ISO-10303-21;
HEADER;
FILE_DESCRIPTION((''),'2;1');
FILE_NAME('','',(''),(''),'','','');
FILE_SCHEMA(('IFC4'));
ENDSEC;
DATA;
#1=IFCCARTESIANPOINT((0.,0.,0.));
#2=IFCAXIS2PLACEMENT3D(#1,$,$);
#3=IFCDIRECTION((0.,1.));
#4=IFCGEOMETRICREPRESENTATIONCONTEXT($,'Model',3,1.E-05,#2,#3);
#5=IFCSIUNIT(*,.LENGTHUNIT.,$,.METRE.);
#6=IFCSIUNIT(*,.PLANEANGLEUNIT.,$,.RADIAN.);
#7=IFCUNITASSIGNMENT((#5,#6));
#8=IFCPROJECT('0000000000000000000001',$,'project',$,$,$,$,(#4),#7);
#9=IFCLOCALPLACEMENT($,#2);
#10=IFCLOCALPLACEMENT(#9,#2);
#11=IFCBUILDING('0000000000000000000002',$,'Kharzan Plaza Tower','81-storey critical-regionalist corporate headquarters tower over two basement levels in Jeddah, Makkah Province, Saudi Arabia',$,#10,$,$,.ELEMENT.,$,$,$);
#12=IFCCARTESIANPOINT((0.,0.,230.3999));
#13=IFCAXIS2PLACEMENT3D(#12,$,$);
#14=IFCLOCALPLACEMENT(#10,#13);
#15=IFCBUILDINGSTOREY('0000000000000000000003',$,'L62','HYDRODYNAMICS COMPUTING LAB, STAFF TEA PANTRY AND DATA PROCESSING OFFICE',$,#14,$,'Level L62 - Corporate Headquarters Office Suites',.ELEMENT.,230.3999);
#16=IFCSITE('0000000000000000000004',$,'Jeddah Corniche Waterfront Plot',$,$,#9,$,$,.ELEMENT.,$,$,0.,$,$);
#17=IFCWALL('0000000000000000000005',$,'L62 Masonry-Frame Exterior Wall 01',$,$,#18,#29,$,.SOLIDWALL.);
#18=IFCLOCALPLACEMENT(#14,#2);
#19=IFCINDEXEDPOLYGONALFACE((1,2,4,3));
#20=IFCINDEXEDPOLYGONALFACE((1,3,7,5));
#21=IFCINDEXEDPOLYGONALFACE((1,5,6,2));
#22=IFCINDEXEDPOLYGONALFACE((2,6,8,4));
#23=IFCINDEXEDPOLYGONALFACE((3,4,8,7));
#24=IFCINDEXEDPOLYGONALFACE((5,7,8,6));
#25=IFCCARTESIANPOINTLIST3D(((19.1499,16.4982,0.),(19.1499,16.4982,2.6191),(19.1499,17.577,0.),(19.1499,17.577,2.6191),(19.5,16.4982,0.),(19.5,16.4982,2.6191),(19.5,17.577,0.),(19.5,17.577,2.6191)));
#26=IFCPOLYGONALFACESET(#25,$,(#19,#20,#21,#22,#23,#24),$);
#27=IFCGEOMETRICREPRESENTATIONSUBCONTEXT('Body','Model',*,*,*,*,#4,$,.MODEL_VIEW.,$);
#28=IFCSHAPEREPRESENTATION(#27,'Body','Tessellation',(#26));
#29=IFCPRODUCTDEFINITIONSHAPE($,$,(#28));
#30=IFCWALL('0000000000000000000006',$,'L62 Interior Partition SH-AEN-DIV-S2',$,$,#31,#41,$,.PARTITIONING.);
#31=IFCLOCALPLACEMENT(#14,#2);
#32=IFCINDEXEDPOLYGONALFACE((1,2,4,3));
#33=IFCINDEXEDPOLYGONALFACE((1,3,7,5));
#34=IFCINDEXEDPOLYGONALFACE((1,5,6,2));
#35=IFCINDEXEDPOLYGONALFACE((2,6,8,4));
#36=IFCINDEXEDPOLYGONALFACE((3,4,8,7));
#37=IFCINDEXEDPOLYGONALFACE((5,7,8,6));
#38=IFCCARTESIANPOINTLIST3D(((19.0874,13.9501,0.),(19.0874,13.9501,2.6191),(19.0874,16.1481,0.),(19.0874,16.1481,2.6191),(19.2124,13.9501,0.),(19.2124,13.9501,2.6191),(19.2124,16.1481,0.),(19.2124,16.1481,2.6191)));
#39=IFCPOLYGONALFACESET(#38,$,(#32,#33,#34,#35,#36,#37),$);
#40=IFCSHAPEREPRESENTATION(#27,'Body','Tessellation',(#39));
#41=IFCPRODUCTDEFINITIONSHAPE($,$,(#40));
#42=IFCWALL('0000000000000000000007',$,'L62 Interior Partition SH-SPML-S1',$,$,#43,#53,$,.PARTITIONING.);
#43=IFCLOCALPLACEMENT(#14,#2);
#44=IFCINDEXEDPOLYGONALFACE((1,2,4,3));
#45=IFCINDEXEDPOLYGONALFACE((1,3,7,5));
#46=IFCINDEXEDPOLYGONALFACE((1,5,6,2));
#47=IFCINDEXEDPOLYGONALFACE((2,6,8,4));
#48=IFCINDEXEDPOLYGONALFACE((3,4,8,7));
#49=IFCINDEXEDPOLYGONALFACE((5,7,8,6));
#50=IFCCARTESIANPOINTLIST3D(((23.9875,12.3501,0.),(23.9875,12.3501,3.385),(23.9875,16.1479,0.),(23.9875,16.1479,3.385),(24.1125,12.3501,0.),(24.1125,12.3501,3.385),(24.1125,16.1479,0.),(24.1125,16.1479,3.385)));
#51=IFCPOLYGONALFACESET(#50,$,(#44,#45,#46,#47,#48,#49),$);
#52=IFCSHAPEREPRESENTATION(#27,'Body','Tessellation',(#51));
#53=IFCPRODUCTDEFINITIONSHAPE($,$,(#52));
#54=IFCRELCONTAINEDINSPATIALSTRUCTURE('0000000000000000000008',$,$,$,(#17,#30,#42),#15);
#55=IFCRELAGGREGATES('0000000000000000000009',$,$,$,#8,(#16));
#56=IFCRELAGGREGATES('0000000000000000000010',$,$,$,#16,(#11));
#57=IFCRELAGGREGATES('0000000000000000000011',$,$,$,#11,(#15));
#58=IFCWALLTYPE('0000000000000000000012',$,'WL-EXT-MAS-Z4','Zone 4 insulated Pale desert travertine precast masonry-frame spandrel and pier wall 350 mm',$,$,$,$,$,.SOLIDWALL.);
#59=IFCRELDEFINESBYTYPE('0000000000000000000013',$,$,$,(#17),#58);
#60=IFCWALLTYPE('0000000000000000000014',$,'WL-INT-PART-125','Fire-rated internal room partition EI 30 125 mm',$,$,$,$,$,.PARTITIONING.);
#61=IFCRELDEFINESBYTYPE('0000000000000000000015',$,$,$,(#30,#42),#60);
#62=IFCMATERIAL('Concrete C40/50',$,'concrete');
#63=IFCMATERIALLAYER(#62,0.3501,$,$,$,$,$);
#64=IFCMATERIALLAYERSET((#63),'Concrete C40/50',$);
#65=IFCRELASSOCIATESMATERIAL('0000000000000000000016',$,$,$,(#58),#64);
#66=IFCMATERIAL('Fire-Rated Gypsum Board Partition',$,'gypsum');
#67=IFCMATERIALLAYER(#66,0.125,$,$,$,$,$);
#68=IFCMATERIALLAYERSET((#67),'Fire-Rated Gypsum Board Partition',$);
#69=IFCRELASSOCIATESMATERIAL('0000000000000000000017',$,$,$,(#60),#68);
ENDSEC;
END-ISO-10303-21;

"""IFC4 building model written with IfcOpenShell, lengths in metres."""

from ifc_helpers import new_model, si_unit, direction, frame, frame_2d, origin, place, context, subcontext, project, spatial, rectangle, extrude, source, transform, mapped, material, layer, layer_set, type_object, element, save


model = new_model("IFC4")

# Units and contexts
model_context = context("Model", 3, precision=1e-05, world=origin(), true_north=direction((0.0, 1.0)))
body_context = subcontext(model_context, "Body", "Model", "MODEL_VIEW")
ifc_project = project(units=[si_unit("LENGTHUNIT", "METRE"), si_unit("PLANEANGLEUNIT", "RADIAN")], contexts=[model_context])

# Site, building, storey
site_placement = place(None, origin())
site = spatial("IfcSite", under=ifc_project, at=site_placement, Name="Jeddah Corniche Waterfront Plot", CompositionType="ELEMENT", RefElevation=0.0)
building_placement = place(site_placement, origin())
building = spatial("IfcBuilding", under=site, at=building_placement, Name="Kharzan Plaza Tower", Description="81-storey critical-regionalist corporate headquarters tower over two basement levels in Jeddah, Makkah Province, Saudi Arabia", CompositionType="ELEMENT")
storey_placement = place(building_placement, frame((0.0, 0.0, 230.3999)))
storey = spatial("IfcBuildingStorey", under=building, at=storey_placement, Name="L62", Description="HYDRODYNAMICS COMPUTING LAB, STAFF TEA PANTRY AND DATA PROCESSING OFFICE", LongName="Level L62 - Corporate Headquarters Office Suites", CompositionType="ELEMENT", Elevation=230.3999)

# Shared definitions
ifc_material_1 = material(Name="Concrete C40/50", Category="concrete")
ifc_layer_1 = layer(ifc_material_1, 0.3501)
ifc_layer_set_1 = layer_set([ifc_layer_1], Name="Concrete C40/50")
wall_type_1 = type_object("IfcWallType", Name="WL-EXT-MAS-Z4", Description="Zone 4 insulated Pale desert travertine precast masonry-frame spandrel and pier wall 350 mm", PredefinedType="SOLIDWALL", material=ifc_layer_set_1)

# Shared definitions
ifc_material_2 = material(Name="Fire-Rated Gypsum Board Partition", Category="gypsum")
ifc_layer_2 = layer(ifc_material_2, 0.125)
ifc_layer_set_2 = layer_set([ifc_layer_2], Name="Fire-Rated Gypsum Board Partition")
wall_type_2 = type_object("IfcWallType", Name="WL-INT-PART-125", Description="Fire-rated internal room partition EI 30 125 mm", PredefinedType="PARTITIONING", material=ifc_layer_set_2)

# Walls
shared_shape_1 = source(origin(), body_context, "Body", "SweptSolid", [
    extrude(rectangle(XDim=1.0789, YDim=0.3501, at=frame_2d((0.5396, 0.0))), origin(), (0.0, 0.0, 1.0), 2.6191),
])
wall_1_placement = place(storey_placement, frame((19.325, 16.498, 0.0), z_axis=(0.0, 0.0, 1.0), x_axis=(0.0, 1.0, 0.0)))
element("IfcWall", 1, at=wall_1_placement, inside=storey, type_object=wall_type_1, Name="L62 Masonry-Frame Exterior Wall 01", PredefinedType="SOLIDWALL", context=body_context, shape_type="MappedRepresentation", body=[
    mapped(shared_shape_1, transform((0.0, 0.0, 0.0), x_axis=(1.0, 0.0, 0.0), y_axis=(0.0, 1.0, 0.0), z_axis=(0.0, 0.0, 1.0))),
])
shared_shape_2 = source(origin(), body_context, "Body", "SweptSolid", [
    extrude(rectangle(XDim=2.198, YDim=0.125, at=frame_2d((1.0991, 0.0))), origin(), (0.0, 0.0, 1.0), 2.6191),
])
wall_2_placement = place(storey_placement, frame((19.1499, 13.95, 0.0), z_axis=(0.0, 0.0, 1.0), x_axis=(0.0, 1.0, 0.0)))
element("IfcWall", 2, at=wall_2_placement, inside=storey, type_object=wall_type_2, Name="L62 Interior Partition SH-AEN-DIV-S2", PredefinedType="PARTITIONING", context=body_context, shape_type="MappedRepresentation", body=[
    mapped(shared_shape_2, transform((0.0, 0.0, 0.0), x_axis=(1.0, 0.0, 0.0), y_axis=(0.0, 1.0, 0.0), z_axis=(0.0, 0.0, 1.0))),
])
shared_shape_3 = source(origin(), body_context, "Body", "SweptSolid", [
    extrude(rectangle(XDim=3.7979, YDim=0.125, at=frame_2d((1.8989, 0.0))), origin(), (0.0, 0.0, 1.0), 3.385),
])
wall_3_placement = place(storey_placement, frame((24.05, 12.3501, 0.0), z_axis=(0.0, 0.0, 1.0), x_axis=(0.0, 1.0, 0.0)))
element("IfcWall", 3, at=wall_3_placement, inside=storey, type_object=wall_type_2, Name="L62 Interior Partition SH-SPML-S1", PredefinedType="PARTITIONING", context=body_context, shape_type="MappedRepresentation", body=[
    mapped(shared_shape_3, transform((0.0, 0.0, 0.0), x_axis=(1.0, 0.0, 0.0), y_axis=(0.0, 1.0, 0.0), z_axis=(0.0, 0.0, 1.0))),
])

save(model, "model.ifc")
